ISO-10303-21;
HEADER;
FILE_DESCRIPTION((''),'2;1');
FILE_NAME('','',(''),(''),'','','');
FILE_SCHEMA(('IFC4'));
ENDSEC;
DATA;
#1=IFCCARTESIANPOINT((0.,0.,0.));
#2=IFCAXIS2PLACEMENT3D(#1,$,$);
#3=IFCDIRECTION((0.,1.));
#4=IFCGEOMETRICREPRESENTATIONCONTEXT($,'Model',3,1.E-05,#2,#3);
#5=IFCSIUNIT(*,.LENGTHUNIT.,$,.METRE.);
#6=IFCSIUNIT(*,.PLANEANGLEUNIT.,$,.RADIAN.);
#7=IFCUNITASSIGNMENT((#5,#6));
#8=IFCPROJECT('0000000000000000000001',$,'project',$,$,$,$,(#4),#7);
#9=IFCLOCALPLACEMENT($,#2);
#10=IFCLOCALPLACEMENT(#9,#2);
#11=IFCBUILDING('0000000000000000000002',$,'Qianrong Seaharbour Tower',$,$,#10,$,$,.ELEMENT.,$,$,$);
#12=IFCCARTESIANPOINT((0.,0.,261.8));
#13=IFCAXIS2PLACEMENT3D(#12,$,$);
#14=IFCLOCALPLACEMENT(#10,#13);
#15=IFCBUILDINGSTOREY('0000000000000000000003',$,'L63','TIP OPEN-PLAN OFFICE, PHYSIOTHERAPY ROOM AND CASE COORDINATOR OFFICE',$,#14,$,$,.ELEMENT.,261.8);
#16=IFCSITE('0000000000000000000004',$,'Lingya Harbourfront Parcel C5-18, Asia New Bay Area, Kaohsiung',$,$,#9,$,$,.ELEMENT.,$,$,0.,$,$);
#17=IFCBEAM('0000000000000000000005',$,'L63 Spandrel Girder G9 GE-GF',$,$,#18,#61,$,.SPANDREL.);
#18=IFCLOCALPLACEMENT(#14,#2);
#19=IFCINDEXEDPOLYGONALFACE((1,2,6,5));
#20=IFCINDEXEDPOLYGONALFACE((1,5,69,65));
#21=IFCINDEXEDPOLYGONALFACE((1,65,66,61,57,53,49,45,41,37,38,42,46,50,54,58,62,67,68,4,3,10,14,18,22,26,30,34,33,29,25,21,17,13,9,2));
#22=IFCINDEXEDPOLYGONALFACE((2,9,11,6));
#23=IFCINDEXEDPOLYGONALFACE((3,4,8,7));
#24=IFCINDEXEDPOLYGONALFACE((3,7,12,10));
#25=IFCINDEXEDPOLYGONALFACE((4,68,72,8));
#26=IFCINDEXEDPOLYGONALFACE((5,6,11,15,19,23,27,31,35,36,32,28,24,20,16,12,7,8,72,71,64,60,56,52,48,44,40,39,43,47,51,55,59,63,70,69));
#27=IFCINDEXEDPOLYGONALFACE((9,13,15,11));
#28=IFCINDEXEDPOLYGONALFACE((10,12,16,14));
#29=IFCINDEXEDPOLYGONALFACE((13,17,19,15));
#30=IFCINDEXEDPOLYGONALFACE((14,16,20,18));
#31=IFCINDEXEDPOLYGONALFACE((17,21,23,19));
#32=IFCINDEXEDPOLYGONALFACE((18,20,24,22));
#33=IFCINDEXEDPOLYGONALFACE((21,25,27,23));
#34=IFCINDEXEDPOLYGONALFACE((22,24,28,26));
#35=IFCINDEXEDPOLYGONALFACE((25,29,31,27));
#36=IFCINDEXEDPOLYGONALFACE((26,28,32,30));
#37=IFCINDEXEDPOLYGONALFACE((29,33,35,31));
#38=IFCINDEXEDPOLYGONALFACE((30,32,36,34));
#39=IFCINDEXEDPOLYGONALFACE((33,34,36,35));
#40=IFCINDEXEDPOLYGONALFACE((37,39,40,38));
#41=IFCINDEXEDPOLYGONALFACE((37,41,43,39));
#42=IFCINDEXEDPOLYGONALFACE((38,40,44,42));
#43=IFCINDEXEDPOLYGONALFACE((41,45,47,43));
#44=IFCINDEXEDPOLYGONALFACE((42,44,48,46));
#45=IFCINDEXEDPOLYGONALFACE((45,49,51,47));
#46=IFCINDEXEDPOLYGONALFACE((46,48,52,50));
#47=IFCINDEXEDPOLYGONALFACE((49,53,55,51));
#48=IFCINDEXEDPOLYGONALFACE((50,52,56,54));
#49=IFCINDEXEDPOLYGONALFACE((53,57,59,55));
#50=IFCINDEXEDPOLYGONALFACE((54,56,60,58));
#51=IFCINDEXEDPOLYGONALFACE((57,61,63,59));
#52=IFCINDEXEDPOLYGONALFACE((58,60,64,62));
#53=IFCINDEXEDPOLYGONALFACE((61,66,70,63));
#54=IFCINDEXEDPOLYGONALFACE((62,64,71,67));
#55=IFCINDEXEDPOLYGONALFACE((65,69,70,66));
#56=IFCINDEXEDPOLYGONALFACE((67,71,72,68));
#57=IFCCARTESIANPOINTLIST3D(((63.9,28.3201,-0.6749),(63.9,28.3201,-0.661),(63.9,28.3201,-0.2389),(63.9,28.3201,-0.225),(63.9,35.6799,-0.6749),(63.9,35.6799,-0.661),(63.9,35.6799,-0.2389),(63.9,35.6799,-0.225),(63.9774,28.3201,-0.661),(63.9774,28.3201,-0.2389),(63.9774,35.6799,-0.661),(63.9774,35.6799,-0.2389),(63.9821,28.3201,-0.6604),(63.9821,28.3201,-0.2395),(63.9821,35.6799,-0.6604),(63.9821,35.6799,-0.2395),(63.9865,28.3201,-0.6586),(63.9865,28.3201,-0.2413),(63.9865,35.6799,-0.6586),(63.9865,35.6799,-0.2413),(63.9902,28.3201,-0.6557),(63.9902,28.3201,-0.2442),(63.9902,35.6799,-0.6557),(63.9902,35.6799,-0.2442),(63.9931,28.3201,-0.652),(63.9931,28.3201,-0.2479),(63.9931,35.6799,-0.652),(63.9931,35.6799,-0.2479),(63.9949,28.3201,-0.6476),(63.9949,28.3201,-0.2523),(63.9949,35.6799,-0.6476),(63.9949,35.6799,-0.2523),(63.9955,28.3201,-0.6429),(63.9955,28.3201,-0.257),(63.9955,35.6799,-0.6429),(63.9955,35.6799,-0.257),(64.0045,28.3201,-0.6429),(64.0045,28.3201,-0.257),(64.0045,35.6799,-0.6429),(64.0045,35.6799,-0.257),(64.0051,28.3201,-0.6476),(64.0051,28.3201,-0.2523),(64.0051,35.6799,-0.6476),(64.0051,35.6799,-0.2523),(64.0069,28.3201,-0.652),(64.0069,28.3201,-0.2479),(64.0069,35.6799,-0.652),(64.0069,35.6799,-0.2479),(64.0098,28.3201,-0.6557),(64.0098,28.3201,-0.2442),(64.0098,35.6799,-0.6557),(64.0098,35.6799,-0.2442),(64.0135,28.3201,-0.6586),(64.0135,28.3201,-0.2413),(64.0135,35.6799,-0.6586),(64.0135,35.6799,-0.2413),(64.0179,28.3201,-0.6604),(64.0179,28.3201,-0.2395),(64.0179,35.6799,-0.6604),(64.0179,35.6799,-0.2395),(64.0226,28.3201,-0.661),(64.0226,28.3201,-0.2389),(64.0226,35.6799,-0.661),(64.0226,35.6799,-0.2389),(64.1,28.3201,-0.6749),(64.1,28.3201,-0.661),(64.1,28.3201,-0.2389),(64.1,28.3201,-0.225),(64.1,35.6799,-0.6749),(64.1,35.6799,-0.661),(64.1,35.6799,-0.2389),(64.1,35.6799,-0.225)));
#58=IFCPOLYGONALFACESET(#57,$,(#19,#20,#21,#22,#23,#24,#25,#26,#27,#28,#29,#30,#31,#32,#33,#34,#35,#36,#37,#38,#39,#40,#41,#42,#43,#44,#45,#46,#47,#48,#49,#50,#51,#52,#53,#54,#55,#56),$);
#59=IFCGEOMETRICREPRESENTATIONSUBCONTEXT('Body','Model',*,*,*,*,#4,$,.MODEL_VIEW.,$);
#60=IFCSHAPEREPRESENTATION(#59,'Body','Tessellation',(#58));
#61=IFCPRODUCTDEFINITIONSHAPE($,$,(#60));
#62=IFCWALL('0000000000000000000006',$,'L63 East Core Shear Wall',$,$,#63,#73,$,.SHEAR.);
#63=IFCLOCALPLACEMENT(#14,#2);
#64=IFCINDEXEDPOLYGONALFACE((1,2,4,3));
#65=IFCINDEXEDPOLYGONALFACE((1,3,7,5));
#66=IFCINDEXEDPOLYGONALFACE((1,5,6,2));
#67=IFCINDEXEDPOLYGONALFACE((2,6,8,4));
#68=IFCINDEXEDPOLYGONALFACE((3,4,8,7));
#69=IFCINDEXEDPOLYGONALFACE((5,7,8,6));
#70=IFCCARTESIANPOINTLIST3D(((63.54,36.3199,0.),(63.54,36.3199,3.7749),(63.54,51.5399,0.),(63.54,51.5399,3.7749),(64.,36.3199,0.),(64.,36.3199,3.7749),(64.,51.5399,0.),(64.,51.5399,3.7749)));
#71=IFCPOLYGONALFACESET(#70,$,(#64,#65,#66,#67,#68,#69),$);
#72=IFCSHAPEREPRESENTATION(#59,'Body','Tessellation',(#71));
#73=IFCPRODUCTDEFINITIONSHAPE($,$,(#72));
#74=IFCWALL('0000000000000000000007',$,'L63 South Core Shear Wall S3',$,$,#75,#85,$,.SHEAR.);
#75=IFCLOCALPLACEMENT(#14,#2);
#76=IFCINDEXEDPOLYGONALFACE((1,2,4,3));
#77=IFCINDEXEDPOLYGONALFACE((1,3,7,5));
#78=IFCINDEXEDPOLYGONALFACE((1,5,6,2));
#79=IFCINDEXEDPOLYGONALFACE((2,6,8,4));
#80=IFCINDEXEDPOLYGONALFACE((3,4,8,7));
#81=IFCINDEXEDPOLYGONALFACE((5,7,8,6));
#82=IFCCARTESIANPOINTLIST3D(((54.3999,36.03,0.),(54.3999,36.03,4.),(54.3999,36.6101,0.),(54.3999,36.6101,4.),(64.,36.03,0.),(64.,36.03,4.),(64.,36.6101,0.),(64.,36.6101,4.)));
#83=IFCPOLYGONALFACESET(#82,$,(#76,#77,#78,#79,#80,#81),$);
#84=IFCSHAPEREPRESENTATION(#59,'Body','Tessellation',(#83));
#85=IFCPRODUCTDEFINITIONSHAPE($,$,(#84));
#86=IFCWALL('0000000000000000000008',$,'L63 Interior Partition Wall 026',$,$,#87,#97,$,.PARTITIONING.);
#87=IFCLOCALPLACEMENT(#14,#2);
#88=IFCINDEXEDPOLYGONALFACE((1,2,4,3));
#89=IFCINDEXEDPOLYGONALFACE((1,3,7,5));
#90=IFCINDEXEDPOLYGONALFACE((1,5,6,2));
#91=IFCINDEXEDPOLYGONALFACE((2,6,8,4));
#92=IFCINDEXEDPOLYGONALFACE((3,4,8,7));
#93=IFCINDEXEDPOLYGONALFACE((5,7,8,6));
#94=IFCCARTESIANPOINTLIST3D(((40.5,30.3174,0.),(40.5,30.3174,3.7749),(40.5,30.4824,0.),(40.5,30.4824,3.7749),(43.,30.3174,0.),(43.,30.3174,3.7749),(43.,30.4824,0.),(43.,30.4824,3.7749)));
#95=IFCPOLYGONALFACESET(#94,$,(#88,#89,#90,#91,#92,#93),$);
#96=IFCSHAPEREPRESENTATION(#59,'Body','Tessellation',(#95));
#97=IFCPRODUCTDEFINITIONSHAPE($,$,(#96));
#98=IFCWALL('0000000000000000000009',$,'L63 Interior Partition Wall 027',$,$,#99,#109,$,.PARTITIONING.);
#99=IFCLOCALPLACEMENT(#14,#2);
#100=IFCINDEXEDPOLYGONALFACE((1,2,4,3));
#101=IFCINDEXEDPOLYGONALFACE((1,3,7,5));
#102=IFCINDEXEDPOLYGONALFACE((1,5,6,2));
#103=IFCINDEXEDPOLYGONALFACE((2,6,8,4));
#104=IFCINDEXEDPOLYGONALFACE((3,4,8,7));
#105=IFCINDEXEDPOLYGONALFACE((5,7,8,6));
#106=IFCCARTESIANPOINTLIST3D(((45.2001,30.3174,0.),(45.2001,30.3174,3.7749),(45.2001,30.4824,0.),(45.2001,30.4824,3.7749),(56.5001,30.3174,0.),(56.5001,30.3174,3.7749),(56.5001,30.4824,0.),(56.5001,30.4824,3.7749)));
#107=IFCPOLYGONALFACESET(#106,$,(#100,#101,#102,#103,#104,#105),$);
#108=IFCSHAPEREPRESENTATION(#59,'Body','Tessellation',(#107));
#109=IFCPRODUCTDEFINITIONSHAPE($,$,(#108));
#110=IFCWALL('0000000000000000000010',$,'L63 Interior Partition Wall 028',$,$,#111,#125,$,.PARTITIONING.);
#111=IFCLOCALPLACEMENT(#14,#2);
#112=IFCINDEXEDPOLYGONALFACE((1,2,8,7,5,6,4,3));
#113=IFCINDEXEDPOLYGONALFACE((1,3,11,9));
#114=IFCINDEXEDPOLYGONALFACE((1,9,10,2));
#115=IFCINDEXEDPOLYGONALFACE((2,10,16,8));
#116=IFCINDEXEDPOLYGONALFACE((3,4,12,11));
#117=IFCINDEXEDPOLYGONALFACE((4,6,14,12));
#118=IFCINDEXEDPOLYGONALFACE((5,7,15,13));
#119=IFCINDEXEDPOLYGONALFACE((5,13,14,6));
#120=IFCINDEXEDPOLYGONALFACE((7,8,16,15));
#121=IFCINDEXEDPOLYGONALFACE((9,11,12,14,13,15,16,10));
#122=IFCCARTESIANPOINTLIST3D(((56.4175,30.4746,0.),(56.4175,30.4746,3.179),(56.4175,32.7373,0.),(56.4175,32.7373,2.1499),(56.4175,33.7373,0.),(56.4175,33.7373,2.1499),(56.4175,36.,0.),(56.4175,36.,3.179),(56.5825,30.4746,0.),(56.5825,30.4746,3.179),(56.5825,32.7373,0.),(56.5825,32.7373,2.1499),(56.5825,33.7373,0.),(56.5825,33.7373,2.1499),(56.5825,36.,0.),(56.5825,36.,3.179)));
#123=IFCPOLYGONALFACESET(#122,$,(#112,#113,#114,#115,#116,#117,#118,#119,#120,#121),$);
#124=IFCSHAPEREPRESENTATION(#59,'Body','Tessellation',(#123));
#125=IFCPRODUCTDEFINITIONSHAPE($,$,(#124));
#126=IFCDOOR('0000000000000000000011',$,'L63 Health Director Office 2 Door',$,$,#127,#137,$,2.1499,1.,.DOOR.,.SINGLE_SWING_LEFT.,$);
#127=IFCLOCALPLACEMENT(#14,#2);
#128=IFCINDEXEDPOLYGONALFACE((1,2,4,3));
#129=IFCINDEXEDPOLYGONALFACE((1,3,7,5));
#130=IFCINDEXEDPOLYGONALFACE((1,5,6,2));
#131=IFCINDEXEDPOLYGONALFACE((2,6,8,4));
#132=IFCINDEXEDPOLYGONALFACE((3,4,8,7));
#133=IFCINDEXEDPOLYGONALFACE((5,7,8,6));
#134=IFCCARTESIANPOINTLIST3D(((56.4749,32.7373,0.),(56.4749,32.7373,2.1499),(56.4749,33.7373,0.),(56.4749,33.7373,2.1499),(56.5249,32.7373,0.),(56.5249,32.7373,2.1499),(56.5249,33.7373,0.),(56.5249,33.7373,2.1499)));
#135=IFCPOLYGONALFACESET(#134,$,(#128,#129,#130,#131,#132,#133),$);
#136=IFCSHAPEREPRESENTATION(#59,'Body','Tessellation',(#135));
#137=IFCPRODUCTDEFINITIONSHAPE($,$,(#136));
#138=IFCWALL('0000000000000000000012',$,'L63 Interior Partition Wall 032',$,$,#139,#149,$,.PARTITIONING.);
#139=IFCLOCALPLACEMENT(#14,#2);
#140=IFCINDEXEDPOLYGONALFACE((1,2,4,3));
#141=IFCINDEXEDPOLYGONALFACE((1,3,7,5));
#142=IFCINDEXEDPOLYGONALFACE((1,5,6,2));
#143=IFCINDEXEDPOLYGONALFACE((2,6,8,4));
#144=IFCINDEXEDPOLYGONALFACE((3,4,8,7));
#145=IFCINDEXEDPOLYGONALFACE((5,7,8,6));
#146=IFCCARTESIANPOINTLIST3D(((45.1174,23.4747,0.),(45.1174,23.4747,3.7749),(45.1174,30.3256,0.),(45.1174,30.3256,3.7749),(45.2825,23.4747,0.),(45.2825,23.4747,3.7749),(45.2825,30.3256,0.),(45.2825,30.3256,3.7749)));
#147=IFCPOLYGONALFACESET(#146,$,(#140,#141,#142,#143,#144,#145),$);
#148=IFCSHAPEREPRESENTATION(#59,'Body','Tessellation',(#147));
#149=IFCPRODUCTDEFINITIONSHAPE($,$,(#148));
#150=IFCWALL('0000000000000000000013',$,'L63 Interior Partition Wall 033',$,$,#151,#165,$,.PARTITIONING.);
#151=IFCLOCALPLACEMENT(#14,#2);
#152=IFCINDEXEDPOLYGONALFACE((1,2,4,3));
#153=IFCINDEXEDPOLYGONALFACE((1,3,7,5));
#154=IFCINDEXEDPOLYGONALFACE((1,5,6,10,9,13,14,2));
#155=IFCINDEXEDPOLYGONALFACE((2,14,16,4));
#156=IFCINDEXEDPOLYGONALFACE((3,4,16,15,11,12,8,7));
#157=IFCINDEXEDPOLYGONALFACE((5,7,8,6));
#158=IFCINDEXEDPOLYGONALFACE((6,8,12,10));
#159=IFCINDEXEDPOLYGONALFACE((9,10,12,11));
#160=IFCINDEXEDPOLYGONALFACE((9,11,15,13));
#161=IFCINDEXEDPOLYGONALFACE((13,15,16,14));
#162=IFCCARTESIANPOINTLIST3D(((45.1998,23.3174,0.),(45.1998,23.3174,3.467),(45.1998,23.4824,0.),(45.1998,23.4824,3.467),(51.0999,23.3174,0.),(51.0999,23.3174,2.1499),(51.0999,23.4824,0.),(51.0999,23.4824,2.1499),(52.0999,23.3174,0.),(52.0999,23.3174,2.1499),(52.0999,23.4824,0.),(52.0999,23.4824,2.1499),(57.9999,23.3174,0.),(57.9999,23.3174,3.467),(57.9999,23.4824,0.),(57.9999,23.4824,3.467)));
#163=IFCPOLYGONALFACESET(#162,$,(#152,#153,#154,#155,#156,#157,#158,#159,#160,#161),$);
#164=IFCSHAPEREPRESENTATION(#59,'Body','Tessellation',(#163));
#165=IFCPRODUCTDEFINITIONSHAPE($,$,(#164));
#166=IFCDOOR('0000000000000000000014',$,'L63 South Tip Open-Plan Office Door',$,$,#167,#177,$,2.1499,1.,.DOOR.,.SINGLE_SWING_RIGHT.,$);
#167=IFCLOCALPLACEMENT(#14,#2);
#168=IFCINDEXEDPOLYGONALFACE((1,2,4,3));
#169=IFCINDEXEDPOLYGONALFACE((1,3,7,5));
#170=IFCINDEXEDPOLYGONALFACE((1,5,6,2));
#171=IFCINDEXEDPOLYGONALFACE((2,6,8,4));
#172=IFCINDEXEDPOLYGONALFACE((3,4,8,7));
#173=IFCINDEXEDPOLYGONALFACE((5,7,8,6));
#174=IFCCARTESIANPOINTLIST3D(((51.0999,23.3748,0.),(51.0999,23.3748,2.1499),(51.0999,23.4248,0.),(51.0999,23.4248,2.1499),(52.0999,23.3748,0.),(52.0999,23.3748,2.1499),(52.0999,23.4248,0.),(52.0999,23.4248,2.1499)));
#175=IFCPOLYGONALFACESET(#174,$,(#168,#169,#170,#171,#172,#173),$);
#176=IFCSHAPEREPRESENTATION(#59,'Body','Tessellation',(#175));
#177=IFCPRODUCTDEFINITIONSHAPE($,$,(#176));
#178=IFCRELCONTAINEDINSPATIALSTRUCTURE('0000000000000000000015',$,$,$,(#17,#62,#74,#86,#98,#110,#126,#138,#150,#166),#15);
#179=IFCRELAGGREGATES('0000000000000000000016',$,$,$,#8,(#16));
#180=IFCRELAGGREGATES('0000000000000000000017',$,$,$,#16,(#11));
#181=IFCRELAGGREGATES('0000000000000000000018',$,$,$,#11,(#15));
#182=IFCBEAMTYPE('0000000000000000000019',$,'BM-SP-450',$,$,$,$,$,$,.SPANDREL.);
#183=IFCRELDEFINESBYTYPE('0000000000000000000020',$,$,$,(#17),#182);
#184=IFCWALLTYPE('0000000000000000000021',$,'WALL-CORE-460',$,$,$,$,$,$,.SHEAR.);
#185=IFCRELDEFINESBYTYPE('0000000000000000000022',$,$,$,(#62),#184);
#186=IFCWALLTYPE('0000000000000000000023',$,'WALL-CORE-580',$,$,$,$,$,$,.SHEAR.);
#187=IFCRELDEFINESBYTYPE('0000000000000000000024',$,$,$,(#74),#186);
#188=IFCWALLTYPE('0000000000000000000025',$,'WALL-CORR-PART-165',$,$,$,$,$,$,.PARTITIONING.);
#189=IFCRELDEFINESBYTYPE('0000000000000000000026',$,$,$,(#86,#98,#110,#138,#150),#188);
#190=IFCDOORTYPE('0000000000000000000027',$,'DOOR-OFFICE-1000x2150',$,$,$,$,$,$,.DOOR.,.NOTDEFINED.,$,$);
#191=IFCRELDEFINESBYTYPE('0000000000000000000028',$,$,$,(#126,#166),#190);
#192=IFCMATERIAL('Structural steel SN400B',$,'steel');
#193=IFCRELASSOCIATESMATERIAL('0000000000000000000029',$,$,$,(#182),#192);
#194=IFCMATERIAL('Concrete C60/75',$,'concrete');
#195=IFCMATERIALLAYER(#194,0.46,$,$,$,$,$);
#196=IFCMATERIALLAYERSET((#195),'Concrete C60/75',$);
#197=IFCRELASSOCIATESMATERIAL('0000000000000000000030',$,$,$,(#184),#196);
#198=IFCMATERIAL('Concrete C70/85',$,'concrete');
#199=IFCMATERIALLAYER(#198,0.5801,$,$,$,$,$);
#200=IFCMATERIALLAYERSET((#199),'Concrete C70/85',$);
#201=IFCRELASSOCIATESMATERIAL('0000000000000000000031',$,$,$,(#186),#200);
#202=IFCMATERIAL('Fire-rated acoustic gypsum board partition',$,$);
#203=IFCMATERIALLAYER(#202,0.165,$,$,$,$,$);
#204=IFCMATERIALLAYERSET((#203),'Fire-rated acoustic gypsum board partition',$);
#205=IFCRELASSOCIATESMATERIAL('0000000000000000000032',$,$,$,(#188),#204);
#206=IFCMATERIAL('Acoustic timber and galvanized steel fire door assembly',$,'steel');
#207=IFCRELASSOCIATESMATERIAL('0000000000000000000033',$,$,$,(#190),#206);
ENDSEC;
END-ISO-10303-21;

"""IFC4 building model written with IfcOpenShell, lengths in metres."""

from ifc_helpers import new_model, si_unit, direction, frame, frame_2d, origin, origin_2d, place, context, subcontext, project, spatial, rectangle, i_section, extrude, material, layer, layer_set, material_profile, profile_set, type_object, element, fill, save


model = new_model("IFC4")

# Units and contexts
model_context = context("Model", 3, precision=1e-05, world=origin(), true_north=direction((0.0, 1.0)))
body_context = subcontext(model_context, "Body", "Model", "MODEL_VIEW")
ifc_project = project(units=[si_unit("LENGTHUNIT", "METRE"), si_unit("PLANEANGLEUNIT", "RADIAN")], contexts=[model_context])

# Site, building, storey
site_placement = place(None, origin())
site = spatial("IfcSite", under=ifc_project, at=site_placement, Name="Lingya Harbourfront Parcel C5-18, Asia New Bay Area, Kaohsiung", CompositionType="ELEMENT", RefElevation=0.0)
building_placement = place(site_placement, origin())
building = spatial("IfcBuilding", under=site, at=building_placement, Name="Qianrong Seaharbour Tower", CompositionType="ELEMENT")
storey_placement = place(building_placement, frame((0.0, 0.0, 261.8)))
storey = spatial("IfcBuildingStorey", under=building, at=storey_placement, Name="L63", Description="TIP OPEN-PLAN OFFICE, PHYSIOTHERAPY ROOM AND CASE COORDINATOR OFFICE", CompositionType="ELEMENT", Elevation=261.8)

# Beam
ifc_material_1 = material(Name="Structural steel SN400B", Category="steel")
ifc_material_2 = material(Name="Concrete C60/75", Category="concrete")
ifc_material_profile_1 = material_profile(ifc_material_1, i_section(OverallWidth=0.2, OverallDepth=0.45, WebThickness=0.009, FlangeThickness=0.0139, FilletRadius=0.0181, at=origin_2d()), Name="H450x200x9x14")
ifc_profile_set_1 = profile_set([ifc_material_profile_1], Name="Structural steel SN400B")
beam_type_1 = type_object("IfcBeamType", Name="BM-SP-450", PredefinedType="SPANDREL", material=ifc_profile_set_1)
beam_1_placement = place(storey_placement, frame((64.0, 28.3201, -0.45), z_axis=(0.0, 1.0, 0.0), x_axis=(-1.0, 0.0, 0.0)))
element("IfcBeam", 1, at=beam_1_placement, inside=storey, type_object=beam_type_1, Name="L63 Spandrel Girder G9 GE-GF", PredefinedType="SPANDREL", context=body_context, shape_type="SweptSolid", body=[
    extrude(i_section(OverallWidth=0.2, OverallDepth=0.45, WebThickness=0.009, FlangeThickness=0.0139, FilletRadius=0.0181, at=origin_2d()), origin(), (0.0, 0.0, 1.0), 7.3599),
])

# Walls
ifc_layer_1 = layer(ifc_material_2, 0.46)
ifc_layer_set_1 = layer_set([ifc_layer_1], Name="Concrete C60/75")
wall_type_1 = type_object("IfcWallType", Name="WALL-CORE-460", PredefinedType="SHEAR", material=ifc_layer_set_1)
wall_1_placement = place(storey_placement, frame((63.77, 36.3201, 0.0), z_axis=(0.0, 0.0, 1.0), x_axis=(0.0, 1.0, 0.0)))
element("IfcWall", 2, at=wall_1_placement, inside=storey, type_object=wall_type_1, Name="L63 East Core Shear Wall", PredefinedType="SHEAR", context=body_context, shape_type="SweptSolid", body=[
    extrude(rectangle(XDim=15.22, YDim=0.46, at=frame_2d((7.6099, 0.0))), origin(), (0.0, 0.0, 1.0), 3.7749),
])
ifc_material_3 = material(Name="Concrete C70/85", Category="concrete")
ifc_layer_2 = layer(ifc_material_3, 0.5801)
ifc_layer_set_2 = layer_set([ifc_layer_2], Name="Concrete C70/85")
wall_type_2 = type_object("IfcWallType", Name="WALL-CORE-580", PredefinedType="SHEAR", material=ifc_layer_set_2)
wall_2_placement = place(storey_placement, frame((54.3999, 36.3201, 0.0), z_axis=(0.0, 0.0, 1.0), x_axis=(1.0, 0.0, 0.0)))
element("IfcWall", 3, at=wall_2_placement, inside=storey, type_object=wall_type_2, Name="L63 South Core Shear Wall S3", PredefinedType="SHEAR", context=body_context, shape_type="SweptSolid", body=[
    extrude(rectangle(XDim=9.6001, YDim=0.5801, at=frame_2d((4.8, 0.0))), origin(), (0.0, 0.0, 1.0), 4.0),
])

# Shared definitions
ifc_material_4 = material(Name="Fire-rated acoustic gypsum board partition")
ifc_layer_3 = layer(ifc_material_4, 0.165)
ifc_layer_set_3 = layer_set([ifc_layer_3], Name="Fire-rated acoustic gypsum board partition")
wall_type_3 = type_object("IfcWallType", Name="WALL-CORR-PART-165", PredefinedType="PARTITIONING", material=ifc_layer_set_3)
ifc_material_5 = material(Name="Acoustic timber and galvanized steel fire door assembly", Category="steel")

# Walls
wall_3_placement = place(storey_placement, frame((43.0, 30.3999, 0.0), z_axis=(0.0, 0.0, 1.0), x_axis=(-1.0, 0.0, 0.0)))
element("IfcWall", 4, at=wall_3_placement, inside=storey, type_object=wall_type_3, Name="L63 Interior Partition Wall 026", PredefinedType="PARTITIONING", context=body_context, shape_type="SweptSolid", body=[
    extrude(rectangle(XDim=2.5, YDim=0.165, at=frame_2d((1.25, 0.0))), origin(), (0.0, 0.0, 1.0), 3.7749),
])
wall_4_placement = place(storey_placement, frame((56.5, 30.3999, 0.0), z_axis=(0.0, 0.0, 1.0), x_axis=(-1.0, 0.0, 0.0)))
element("IfcWall", 5, at=wall_4_placement, inside=storey, type_object=wall_type_3, Name="L63 Interior Partition Wall 027", PredefinedType="PARTITIONING", context=body_context, shape_type="SweptSolid", body=[
    extrude(rectangle(XDim=11.3, YDim=0.165, at=frame_2d((5.6499, 0.0))), origin(), (0.0, 0.0, 1.0), 3.7749),
])

# Wall, opening, door
wall_5_placement = place(storey_placement, frame((56.5, 36.0, 0.0), z_axis=(0.0, 0.0, 1.0), x_axis=(0.0, -1.0, 0.0)))
wall_5 = element("IfcWall", 6, at=wall_5_placement, inside=storey, type_object=wall_type_3, Name="L63 Interior Partition Wall 028", PredefinedType="PARTITIONING", context=body_context, shape_type="SweptSolid", body=[
    extrude(rectangle(XDim=5.5254, YDim=0.165, at=frame_2d((2.7627, 0.0))), origin(), (0.0, 0.0, 1.0), 3.179),
])
opening_1_placement = place(wall_5_placement, frame((2.2627, 0.0, 0.0)))
opening_1 = element("IfcOpeningElement", 7, at=opening_1_placement, cuts=wall_5, PredefinedType="OPENING", context=body_context, shape_type="SweptSolid", body=[
    extrude(rectangle(XDim=1.0, YDim=2.1499, at=frame_2d((0.5, 1.075))), frame((0.0, 0.0925, 0.0), z_axis=(0.0, -1.0, 0.0), x_axis=(1.0, 0.0, 0.0)), (0.0, 0.0, 1.0), 0.1851),
])
door_type_1 = type_object("IfcDoorType", Name="DOOR-OFFICE-1000x2150", OperationType="NOTDEFINED", PredefinedType="DOOR", material=ifc_material_5)
door_1_placement = place(opening_1_placement, origin())
door_1 = element("IfcDoor", 8, at=door_1_placement, inside=storey, type_object=door_type_1, Name="L63 Health Director Office 2 Door", OperationType="SINGLE_SWING_LEFT", OverallHeight=2.1499, OverallWidth=1.0, PredefinedType="DOOR", context=body_context, shape_type="SweptSolid", body=[
    extrude(rectangle(XDim=1.0, YDim=2.1499, at=frame_2d((0.5, 1.075))), frame((0.0, 0.0249, 0.0), z_axis=(0.0, -1.0, 0.0), x_axis=(1.0, 0.0, 0.0)), (0.0, 0.0, 1.0), 0.05),
])
fill(opening_1, door_1)

# Wall
wall_6_placement = place(storey_placement, frame((45.2, 30.3254, 0.0), z_axis=(0.0, 0.0, 1.0), x_axis=(0.0, -1.0, 0.0)))
element("IfcWall", 9, at=wall_6_placement, inside=storey, type_object=wall_type_3, Name="L63 Interior Partition Wall 032", PredefinedType="PARTITIONING", context=body_context, shape_type="SweptSolid", body=[
    extrude(rectangle(XDim=6.8508, YDim=0.165, at=frame_2d((3.4253, 0.0))), origin(), (0.0, 0.0, 1.0), 3.7749),
])

# Wall, opening, door
wall_7_placement = place(storey_placement, frame((45.2, 23.3999, 0.0), z_axis=(0.0, 0.0, 1.0), x_axis=(1.0, 0.0, 0.0)))
wall_7 = element("IfcWall", 10, at=wall_7_placement, inside=storey, type_object=wall_type_3, Name="L63 Interior Partition Wall 033", PredefinedType="PARTITIONING", context=body_context, shape_type="SweptSolid", body=[
    extrude(rectangle(XDim=12.8, YDim=0.165, at=frame_2d((6.3999, 0.0))), origin(), (0.0, 0.0, 1.0), 3.467),
])
opening_2_placement = place(wall_7_placement, frame((5.8999, 0.0, 0.0)))
opening_2 = element("IfcOpeningElement", 11, at=opening_2_placement, cuts=wall_7, PredefinedType="OPENING", context=body_context, shape_type="SweptSolid", body=[
    extrude(rectangle(XDim=1.0, YDim=2.1499, at=frame_2d((0.5, 1.075))), frame((0.0, 0.0925, 0.0), z_axis=(0.0, -1.0, 0.0), x_axis=(1.0, 0.0, 0.0)), (0.0, 0.0, 1.0), 0.1851),
])
door_2_placement = place(opening_2_placement, origin())
door_2 = element("IfcDoor", 12, at=door_2_placement, inside=storey, type_object=door_type_1, Name="L63 South Tip Open-Plan Office Door", OperationType="SINGLE_SWING_RIGHT", OverallHeight=2.1499, OverallWidth=1.0, PredefinedType="DOOR", context=body_context, shape_type="SweptSolid", body=[
    extrude(rectangle(XDim=1.0, YDim=2.1499, at=frame_2d((0.5, 1.075))), frame((0.0, 0.0249, 0.0), z_axis=(0.0, -1.0, 0.0), x_axis=(1.0, 0.0, 0.0)), (0.0, 0.0, 1.0), 0.05),
])
fill(opening_2, door_2)

save(model, "model.ifc")
